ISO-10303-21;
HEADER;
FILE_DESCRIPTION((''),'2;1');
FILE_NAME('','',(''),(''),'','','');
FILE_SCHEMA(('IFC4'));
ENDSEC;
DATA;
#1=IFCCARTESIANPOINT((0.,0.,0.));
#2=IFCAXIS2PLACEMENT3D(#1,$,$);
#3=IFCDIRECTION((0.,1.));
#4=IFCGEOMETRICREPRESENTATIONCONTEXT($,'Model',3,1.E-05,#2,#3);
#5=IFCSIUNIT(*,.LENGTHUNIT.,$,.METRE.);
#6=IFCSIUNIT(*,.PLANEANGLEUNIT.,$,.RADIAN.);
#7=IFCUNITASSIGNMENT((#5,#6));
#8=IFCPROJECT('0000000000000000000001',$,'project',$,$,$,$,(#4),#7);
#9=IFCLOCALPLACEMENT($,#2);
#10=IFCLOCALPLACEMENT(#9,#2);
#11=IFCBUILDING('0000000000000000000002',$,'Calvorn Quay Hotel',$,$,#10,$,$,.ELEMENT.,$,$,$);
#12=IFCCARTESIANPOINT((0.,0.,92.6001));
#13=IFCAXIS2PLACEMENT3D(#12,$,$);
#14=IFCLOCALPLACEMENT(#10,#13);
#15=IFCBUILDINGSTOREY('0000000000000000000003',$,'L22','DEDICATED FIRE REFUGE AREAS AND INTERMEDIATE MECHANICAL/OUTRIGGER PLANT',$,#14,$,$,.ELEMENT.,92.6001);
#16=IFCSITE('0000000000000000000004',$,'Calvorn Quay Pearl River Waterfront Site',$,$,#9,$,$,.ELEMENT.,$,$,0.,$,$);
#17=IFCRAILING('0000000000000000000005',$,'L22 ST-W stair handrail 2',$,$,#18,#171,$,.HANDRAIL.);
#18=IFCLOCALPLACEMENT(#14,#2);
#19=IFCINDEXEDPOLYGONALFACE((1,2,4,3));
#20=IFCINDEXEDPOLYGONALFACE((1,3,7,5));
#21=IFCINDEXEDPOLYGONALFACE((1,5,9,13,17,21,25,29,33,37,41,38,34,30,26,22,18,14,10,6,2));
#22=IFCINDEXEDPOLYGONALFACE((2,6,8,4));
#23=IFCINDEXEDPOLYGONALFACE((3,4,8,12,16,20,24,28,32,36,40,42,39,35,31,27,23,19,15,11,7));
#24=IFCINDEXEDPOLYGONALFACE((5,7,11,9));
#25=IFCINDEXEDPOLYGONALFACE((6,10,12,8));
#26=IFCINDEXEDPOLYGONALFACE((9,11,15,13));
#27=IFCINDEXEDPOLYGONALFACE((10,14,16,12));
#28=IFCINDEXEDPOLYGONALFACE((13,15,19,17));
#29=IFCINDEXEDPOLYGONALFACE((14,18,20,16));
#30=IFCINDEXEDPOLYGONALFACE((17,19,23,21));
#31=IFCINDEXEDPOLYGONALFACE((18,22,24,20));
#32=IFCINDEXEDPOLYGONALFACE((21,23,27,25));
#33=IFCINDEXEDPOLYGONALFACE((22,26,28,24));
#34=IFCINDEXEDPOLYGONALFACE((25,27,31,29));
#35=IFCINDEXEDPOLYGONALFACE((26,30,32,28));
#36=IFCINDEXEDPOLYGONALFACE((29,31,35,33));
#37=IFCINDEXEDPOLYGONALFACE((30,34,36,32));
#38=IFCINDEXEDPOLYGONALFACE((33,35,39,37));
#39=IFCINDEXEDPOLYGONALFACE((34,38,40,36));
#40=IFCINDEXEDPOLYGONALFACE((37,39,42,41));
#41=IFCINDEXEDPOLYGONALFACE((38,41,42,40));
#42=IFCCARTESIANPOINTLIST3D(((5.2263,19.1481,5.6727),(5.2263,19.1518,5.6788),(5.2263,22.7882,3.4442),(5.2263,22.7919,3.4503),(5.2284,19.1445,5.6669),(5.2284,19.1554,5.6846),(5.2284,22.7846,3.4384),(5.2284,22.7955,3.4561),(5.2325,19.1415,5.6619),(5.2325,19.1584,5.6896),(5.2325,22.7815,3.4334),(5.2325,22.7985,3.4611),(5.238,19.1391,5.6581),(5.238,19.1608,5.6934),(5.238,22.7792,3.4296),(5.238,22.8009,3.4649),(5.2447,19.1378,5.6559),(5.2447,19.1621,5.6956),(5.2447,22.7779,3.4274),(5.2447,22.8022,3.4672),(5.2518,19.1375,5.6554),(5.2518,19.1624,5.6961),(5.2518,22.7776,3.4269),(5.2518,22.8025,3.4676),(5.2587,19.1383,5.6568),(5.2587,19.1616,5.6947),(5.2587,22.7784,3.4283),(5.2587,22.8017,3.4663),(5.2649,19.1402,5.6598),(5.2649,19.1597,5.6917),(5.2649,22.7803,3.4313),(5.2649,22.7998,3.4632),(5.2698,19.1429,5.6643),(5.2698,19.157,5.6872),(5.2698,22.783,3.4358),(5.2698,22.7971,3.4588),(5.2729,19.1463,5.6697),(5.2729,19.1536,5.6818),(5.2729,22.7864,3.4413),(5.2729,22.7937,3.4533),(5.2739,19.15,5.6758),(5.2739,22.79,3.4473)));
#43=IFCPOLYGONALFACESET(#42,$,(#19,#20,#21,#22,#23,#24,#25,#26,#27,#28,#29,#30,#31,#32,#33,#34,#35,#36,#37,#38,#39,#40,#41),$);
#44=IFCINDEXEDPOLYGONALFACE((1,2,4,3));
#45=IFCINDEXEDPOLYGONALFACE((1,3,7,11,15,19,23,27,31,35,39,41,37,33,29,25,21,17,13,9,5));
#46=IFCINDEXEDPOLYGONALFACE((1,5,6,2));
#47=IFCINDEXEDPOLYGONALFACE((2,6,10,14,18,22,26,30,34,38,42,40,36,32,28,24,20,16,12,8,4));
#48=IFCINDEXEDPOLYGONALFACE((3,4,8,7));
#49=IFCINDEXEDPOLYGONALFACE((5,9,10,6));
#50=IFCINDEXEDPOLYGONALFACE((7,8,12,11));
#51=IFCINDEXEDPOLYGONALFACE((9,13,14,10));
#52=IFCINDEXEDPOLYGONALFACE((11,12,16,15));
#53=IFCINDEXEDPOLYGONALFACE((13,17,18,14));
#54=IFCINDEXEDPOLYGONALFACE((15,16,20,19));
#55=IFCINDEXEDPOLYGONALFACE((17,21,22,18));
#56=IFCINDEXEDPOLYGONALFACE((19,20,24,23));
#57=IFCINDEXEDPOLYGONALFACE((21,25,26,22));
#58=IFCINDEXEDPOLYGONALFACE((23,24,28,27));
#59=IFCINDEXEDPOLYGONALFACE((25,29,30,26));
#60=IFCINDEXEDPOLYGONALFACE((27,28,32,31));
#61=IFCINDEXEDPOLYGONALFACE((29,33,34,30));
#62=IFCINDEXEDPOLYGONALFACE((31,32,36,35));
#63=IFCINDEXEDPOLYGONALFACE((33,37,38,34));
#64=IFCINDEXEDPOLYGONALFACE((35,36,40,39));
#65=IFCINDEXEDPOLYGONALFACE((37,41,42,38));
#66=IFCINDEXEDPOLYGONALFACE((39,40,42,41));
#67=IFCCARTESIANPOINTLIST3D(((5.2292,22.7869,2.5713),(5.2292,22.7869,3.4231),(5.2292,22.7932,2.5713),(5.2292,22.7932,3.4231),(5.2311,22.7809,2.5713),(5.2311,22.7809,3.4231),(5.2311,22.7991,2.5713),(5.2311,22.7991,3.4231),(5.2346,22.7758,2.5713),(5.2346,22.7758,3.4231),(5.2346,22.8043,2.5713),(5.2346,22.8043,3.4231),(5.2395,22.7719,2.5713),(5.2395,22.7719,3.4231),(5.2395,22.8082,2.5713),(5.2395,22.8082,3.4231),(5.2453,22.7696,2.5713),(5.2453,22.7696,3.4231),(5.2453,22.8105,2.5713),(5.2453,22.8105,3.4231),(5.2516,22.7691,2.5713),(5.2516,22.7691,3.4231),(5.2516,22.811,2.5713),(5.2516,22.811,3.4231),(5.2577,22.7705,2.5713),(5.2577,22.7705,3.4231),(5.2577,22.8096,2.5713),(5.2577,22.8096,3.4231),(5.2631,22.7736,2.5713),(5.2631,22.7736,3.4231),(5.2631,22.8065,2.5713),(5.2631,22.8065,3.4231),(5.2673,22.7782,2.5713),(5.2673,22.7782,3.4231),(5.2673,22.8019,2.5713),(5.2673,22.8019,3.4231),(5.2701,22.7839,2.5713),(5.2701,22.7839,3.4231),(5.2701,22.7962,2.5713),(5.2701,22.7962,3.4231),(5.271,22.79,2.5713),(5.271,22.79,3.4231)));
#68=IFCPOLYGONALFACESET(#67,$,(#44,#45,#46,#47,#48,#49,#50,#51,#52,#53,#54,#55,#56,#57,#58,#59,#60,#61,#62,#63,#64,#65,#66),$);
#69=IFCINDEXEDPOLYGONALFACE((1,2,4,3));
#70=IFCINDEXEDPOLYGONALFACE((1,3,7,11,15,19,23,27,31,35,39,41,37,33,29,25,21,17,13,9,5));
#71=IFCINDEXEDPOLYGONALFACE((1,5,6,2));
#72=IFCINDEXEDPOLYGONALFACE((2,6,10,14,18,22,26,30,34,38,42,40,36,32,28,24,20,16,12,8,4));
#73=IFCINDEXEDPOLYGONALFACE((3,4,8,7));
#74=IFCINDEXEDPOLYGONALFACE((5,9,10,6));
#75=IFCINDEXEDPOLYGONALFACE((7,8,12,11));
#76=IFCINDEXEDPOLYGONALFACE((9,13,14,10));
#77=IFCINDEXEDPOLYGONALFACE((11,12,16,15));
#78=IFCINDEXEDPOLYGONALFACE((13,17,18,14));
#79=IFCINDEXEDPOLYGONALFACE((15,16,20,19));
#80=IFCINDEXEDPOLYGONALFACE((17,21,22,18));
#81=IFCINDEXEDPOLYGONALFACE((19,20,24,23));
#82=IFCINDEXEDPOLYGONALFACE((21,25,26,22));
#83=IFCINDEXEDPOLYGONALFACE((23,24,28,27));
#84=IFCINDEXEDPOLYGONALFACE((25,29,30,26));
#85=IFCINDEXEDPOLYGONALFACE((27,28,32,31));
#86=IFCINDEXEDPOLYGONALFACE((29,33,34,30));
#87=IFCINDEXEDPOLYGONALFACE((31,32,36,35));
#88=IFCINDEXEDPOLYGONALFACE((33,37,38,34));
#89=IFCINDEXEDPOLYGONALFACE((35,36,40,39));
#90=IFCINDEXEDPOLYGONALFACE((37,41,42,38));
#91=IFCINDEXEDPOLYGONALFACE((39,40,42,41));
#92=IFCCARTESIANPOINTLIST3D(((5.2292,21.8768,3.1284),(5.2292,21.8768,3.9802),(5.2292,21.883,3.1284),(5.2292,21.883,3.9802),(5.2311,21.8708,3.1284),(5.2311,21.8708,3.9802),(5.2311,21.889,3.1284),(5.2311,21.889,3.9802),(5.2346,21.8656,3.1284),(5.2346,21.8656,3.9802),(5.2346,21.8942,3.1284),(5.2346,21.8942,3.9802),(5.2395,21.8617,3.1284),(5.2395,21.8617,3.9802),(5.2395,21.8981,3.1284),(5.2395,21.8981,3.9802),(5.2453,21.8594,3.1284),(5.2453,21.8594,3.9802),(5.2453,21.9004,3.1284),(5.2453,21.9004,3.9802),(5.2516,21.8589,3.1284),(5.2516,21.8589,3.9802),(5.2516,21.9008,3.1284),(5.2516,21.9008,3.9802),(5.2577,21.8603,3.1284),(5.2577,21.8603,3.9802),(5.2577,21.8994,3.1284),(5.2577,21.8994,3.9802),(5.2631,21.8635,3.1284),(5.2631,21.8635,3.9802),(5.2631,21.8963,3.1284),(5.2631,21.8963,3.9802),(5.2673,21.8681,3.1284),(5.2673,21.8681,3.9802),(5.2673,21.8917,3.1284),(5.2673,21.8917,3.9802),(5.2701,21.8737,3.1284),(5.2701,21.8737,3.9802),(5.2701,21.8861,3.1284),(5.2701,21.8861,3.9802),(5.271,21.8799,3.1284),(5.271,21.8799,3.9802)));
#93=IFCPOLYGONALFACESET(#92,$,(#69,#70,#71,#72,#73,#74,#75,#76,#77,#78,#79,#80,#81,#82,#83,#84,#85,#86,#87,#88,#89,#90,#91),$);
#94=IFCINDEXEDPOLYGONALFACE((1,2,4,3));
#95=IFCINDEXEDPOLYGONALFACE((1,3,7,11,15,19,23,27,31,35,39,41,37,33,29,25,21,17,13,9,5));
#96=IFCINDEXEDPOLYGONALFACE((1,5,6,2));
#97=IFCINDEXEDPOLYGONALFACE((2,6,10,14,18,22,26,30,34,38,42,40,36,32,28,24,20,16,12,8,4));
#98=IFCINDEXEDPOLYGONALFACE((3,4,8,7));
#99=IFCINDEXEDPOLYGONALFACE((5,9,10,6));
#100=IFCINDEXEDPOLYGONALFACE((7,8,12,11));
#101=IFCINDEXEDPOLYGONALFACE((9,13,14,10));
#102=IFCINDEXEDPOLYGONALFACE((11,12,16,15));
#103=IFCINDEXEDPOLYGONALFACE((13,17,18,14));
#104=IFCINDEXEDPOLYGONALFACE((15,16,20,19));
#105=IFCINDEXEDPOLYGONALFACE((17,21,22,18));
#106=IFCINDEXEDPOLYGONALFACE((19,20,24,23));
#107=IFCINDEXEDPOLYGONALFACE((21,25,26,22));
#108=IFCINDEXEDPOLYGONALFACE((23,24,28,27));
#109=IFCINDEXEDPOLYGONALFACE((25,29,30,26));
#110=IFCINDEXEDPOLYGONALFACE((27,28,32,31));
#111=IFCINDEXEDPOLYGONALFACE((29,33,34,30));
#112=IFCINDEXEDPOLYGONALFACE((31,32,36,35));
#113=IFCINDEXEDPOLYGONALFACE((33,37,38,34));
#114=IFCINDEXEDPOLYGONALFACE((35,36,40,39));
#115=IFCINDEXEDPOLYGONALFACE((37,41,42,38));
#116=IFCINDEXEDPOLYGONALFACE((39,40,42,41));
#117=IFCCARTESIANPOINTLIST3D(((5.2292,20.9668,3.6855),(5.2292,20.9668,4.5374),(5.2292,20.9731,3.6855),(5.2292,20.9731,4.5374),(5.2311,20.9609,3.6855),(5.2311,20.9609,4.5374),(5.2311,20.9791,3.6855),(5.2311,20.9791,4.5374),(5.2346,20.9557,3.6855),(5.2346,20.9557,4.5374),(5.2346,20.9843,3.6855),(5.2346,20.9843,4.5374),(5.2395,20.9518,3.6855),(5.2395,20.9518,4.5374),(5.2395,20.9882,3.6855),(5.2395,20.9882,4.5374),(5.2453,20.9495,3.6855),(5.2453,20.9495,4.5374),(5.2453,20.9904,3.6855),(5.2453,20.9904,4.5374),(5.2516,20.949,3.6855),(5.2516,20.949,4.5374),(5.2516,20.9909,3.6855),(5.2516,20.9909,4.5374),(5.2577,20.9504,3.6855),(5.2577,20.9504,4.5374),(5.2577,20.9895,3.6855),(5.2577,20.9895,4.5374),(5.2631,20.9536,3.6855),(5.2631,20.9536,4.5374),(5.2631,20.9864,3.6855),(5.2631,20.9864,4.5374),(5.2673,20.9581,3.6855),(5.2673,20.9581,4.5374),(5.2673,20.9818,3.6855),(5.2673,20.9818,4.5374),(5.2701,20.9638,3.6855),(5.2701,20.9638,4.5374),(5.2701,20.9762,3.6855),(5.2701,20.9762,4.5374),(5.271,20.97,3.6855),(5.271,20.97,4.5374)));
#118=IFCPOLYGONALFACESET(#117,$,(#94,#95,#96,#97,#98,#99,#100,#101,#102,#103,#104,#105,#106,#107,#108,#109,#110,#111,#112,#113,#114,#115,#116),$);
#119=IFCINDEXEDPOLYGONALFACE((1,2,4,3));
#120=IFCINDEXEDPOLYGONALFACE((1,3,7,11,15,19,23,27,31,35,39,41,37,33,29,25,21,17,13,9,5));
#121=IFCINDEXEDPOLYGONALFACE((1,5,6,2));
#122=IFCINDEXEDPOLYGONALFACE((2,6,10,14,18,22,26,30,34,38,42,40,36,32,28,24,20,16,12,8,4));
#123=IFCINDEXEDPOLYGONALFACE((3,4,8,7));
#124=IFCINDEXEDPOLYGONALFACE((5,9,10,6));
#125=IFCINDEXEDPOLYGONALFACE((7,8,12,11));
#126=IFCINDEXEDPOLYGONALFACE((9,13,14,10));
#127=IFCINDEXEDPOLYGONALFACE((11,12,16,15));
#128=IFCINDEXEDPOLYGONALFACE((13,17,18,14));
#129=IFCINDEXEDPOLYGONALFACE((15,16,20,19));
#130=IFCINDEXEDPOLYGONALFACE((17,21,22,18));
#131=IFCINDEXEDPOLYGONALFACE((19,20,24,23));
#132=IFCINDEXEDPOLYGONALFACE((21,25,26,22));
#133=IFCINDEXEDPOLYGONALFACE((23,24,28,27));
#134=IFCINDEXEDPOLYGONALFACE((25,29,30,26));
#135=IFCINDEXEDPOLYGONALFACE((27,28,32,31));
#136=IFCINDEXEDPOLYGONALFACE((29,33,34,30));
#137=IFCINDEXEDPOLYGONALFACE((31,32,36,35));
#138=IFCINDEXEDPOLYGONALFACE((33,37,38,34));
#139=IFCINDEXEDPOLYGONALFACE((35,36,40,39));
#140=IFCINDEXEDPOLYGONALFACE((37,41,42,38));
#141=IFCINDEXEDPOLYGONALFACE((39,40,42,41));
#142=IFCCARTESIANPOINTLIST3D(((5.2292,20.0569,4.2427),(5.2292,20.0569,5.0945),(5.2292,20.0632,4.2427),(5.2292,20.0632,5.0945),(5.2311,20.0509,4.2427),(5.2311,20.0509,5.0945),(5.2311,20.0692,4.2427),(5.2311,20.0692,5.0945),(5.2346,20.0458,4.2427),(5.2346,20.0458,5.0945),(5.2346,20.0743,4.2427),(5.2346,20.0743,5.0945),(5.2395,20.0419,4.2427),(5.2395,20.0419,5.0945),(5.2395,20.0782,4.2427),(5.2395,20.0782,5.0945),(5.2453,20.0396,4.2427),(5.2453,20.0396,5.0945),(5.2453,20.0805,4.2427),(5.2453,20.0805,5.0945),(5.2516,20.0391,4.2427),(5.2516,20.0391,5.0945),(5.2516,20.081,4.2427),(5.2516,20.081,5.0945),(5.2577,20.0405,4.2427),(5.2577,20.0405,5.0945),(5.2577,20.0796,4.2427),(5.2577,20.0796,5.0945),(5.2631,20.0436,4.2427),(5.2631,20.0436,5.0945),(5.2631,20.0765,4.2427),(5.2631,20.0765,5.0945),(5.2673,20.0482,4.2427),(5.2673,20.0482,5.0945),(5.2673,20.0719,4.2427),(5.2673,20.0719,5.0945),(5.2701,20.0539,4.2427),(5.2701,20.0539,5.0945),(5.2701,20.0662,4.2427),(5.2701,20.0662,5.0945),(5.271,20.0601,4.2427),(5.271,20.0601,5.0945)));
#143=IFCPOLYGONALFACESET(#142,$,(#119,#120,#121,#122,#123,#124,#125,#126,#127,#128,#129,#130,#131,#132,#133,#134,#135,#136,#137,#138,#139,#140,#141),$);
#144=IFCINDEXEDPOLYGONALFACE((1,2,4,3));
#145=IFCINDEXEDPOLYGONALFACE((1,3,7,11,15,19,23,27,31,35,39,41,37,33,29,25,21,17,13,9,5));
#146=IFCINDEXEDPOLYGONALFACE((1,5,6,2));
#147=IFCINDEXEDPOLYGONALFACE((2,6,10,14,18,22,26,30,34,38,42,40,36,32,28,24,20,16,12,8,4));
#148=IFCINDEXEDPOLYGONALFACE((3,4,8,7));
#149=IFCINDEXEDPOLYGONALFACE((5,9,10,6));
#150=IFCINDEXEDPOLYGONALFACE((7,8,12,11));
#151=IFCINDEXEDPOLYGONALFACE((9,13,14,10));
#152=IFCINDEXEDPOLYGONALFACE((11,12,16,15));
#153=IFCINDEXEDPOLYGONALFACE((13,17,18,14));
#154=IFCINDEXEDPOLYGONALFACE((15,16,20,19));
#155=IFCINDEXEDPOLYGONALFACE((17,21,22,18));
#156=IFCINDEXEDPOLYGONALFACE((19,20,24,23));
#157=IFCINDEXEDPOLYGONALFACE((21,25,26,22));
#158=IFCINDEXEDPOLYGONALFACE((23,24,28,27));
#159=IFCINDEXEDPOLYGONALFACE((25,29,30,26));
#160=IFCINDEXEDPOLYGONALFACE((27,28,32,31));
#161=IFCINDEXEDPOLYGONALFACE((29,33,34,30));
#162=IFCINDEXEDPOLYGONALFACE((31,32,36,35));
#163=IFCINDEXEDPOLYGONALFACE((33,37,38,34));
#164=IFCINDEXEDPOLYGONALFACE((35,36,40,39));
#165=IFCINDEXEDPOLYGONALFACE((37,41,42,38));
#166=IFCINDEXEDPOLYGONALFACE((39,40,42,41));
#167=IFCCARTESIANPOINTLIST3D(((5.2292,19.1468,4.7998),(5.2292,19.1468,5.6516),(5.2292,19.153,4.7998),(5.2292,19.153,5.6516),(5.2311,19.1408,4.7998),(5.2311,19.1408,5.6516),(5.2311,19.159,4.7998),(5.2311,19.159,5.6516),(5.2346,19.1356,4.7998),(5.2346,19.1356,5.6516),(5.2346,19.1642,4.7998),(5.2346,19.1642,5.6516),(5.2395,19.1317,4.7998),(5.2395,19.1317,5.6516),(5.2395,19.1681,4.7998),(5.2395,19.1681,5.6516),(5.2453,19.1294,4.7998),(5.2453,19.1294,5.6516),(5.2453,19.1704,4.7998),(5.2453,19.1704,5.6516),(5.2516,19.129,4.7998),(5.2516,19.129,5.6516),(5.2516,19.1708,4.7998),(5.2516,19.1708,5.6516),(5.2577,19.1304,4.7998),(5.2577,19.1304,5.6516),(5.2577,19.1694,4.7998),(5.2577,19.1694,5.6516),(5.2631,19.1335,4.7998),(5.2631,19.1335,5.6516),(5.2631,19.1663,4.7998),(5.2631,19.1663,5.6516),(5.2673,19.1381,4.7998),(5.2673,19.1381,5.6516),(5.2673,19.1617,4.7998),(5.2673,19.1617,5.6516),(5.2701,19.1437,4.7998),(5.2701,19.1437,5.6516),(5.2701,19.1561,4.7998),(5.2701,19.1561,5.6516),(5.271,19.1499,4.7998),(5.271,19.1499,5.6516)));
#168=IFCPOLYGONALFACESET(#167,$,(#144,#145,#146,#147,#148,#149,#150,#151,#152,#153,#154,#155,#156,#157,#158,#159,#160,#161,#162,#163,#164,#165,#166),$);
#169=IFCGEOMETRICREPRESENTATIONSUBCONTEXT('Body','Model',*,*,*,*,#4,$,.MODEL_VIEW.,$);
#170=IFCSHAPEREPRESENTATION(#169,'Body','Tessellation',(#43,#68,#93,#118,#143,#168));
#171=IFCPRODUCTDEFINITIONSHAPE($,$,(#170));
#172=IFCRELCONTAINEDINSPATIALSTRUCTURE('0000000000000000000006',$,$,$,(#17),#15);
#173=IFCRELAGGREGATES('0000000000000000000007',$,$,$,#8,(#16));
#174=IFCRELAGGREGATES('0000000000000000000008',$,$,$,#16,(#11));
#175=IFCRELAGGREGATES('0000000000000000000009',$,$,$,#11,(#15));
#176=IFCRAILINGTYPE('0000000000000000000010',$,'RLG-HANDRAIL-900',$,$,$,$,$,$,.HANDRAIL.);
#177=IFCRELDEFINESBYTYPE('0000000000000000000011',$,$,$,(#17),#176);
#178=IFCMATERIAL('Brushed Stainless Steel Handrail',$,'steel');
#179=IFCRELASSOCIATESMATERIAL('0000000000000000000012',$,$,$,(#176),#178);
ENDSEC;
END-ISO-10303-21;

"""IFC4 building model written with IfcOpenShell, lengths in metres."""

from ifc_helpers import new_model, si_unit, direction, frame, origin, origin_2d, place, context, subcontext, project, spatial, circle, extrude, material, type_object, element, save


model = new_model("IFC4")

# Units and contexts
model_context = context("Model", 3, precision=1e-05, world=origin(), true_north=direction((0.0, 1.0)))
body_context = subcontext(model_context, "Body", "Model", "MODEL_VIEW")
ifc_project = project(units=[si_unit("LENGTHUNIT", "METRE"), si_unit("PLANEANGLEUNIT", "RADIAN")], contexts=[model_context])

# Site, building, storey
site_placement = place(None, origin())
site = spatial("IfcSite", under=ifc_project, at=site_placement, Name="Calvorn Quay Pearl River Waterfront Site", CompositionType="ELEMENT", RefElevation=0.0)
building_placement = place(site_placement, origin())
building = spatial("IfcBuilding", under=site, at=building_placement, Name="Calvorn Quay Hotel", CompositionType="ELEMENT")
storey_placement = place(building_placement, frame((0.0, 0.0, 92.6001)))
storey = spatial("IfcBuildingStorey", under=building, at=storey_placement, Name="L22", Description="DEDICATED FIRE REFUGE AREAS AND INTERMEDIATE MECHANICAL/OUTRIGGER PLANT", CompositionType="ELEMENT", Elevation=92.6001)

# Railing
ifc_material_1 = material(Name="Brushed Stainless Steel Handrail", Category="steel")
railing_type_1 = type_object("IfcRailingType", Name="RLG-HANDRAIL-900", PredefinedType="HANDRAIL", material=ifc_material_1)
railing_1_placement = place(storey_placement, frame((5.25, 22.79, 2.5713)))
element("IfcRailing", 1, at=railing_1_placement, inside=storey, type_object=railing_type_1, Name="L22 ST-W stair handrail 2", PredefinedType="HANDRAIL", context=body_context, shape_type="SweptSolid", body=[
    extrude(circle(Radius=0.0239, at=origin_2d()), frame((0.0, 0.0, 0.876), z_axis=(0.0, -0.852866, 0.52213), x_axis=(1.0, 0.0, 0.0)), (0.0, 0.0, 1.0), 4.2681),
    extrude(circle(Radius=0.021, at=origin_2d()), origin(), (0.0, 0.0, 1.0), 0.8518),
    extrude(circle(Radius=0.021, at=origin_2d()), frame((0.0, -0.9102, 0.5571)), (0.0, 0.0, 1.0), 0.8518),
    extrude(circle(Radius=0.021, at=origin_2d()), frame((0.0, -1.8201, 1.1143)), (0.0, 0.0, 1.0), 0.8518),
    extrude(circle(Radius=0.021, at=origin_2d()), frame((0.0, -2.73, 1.6714)), (0.0, 0.0, 1.0), 0.8518),
    extrude(circle(Radius=0.021, at=origin_2d()), frame((0.0, -3.6401, 2.2285)), (0.0, 0.0, 1.0), 0.8518),
])

save(model, "model.ifc")
